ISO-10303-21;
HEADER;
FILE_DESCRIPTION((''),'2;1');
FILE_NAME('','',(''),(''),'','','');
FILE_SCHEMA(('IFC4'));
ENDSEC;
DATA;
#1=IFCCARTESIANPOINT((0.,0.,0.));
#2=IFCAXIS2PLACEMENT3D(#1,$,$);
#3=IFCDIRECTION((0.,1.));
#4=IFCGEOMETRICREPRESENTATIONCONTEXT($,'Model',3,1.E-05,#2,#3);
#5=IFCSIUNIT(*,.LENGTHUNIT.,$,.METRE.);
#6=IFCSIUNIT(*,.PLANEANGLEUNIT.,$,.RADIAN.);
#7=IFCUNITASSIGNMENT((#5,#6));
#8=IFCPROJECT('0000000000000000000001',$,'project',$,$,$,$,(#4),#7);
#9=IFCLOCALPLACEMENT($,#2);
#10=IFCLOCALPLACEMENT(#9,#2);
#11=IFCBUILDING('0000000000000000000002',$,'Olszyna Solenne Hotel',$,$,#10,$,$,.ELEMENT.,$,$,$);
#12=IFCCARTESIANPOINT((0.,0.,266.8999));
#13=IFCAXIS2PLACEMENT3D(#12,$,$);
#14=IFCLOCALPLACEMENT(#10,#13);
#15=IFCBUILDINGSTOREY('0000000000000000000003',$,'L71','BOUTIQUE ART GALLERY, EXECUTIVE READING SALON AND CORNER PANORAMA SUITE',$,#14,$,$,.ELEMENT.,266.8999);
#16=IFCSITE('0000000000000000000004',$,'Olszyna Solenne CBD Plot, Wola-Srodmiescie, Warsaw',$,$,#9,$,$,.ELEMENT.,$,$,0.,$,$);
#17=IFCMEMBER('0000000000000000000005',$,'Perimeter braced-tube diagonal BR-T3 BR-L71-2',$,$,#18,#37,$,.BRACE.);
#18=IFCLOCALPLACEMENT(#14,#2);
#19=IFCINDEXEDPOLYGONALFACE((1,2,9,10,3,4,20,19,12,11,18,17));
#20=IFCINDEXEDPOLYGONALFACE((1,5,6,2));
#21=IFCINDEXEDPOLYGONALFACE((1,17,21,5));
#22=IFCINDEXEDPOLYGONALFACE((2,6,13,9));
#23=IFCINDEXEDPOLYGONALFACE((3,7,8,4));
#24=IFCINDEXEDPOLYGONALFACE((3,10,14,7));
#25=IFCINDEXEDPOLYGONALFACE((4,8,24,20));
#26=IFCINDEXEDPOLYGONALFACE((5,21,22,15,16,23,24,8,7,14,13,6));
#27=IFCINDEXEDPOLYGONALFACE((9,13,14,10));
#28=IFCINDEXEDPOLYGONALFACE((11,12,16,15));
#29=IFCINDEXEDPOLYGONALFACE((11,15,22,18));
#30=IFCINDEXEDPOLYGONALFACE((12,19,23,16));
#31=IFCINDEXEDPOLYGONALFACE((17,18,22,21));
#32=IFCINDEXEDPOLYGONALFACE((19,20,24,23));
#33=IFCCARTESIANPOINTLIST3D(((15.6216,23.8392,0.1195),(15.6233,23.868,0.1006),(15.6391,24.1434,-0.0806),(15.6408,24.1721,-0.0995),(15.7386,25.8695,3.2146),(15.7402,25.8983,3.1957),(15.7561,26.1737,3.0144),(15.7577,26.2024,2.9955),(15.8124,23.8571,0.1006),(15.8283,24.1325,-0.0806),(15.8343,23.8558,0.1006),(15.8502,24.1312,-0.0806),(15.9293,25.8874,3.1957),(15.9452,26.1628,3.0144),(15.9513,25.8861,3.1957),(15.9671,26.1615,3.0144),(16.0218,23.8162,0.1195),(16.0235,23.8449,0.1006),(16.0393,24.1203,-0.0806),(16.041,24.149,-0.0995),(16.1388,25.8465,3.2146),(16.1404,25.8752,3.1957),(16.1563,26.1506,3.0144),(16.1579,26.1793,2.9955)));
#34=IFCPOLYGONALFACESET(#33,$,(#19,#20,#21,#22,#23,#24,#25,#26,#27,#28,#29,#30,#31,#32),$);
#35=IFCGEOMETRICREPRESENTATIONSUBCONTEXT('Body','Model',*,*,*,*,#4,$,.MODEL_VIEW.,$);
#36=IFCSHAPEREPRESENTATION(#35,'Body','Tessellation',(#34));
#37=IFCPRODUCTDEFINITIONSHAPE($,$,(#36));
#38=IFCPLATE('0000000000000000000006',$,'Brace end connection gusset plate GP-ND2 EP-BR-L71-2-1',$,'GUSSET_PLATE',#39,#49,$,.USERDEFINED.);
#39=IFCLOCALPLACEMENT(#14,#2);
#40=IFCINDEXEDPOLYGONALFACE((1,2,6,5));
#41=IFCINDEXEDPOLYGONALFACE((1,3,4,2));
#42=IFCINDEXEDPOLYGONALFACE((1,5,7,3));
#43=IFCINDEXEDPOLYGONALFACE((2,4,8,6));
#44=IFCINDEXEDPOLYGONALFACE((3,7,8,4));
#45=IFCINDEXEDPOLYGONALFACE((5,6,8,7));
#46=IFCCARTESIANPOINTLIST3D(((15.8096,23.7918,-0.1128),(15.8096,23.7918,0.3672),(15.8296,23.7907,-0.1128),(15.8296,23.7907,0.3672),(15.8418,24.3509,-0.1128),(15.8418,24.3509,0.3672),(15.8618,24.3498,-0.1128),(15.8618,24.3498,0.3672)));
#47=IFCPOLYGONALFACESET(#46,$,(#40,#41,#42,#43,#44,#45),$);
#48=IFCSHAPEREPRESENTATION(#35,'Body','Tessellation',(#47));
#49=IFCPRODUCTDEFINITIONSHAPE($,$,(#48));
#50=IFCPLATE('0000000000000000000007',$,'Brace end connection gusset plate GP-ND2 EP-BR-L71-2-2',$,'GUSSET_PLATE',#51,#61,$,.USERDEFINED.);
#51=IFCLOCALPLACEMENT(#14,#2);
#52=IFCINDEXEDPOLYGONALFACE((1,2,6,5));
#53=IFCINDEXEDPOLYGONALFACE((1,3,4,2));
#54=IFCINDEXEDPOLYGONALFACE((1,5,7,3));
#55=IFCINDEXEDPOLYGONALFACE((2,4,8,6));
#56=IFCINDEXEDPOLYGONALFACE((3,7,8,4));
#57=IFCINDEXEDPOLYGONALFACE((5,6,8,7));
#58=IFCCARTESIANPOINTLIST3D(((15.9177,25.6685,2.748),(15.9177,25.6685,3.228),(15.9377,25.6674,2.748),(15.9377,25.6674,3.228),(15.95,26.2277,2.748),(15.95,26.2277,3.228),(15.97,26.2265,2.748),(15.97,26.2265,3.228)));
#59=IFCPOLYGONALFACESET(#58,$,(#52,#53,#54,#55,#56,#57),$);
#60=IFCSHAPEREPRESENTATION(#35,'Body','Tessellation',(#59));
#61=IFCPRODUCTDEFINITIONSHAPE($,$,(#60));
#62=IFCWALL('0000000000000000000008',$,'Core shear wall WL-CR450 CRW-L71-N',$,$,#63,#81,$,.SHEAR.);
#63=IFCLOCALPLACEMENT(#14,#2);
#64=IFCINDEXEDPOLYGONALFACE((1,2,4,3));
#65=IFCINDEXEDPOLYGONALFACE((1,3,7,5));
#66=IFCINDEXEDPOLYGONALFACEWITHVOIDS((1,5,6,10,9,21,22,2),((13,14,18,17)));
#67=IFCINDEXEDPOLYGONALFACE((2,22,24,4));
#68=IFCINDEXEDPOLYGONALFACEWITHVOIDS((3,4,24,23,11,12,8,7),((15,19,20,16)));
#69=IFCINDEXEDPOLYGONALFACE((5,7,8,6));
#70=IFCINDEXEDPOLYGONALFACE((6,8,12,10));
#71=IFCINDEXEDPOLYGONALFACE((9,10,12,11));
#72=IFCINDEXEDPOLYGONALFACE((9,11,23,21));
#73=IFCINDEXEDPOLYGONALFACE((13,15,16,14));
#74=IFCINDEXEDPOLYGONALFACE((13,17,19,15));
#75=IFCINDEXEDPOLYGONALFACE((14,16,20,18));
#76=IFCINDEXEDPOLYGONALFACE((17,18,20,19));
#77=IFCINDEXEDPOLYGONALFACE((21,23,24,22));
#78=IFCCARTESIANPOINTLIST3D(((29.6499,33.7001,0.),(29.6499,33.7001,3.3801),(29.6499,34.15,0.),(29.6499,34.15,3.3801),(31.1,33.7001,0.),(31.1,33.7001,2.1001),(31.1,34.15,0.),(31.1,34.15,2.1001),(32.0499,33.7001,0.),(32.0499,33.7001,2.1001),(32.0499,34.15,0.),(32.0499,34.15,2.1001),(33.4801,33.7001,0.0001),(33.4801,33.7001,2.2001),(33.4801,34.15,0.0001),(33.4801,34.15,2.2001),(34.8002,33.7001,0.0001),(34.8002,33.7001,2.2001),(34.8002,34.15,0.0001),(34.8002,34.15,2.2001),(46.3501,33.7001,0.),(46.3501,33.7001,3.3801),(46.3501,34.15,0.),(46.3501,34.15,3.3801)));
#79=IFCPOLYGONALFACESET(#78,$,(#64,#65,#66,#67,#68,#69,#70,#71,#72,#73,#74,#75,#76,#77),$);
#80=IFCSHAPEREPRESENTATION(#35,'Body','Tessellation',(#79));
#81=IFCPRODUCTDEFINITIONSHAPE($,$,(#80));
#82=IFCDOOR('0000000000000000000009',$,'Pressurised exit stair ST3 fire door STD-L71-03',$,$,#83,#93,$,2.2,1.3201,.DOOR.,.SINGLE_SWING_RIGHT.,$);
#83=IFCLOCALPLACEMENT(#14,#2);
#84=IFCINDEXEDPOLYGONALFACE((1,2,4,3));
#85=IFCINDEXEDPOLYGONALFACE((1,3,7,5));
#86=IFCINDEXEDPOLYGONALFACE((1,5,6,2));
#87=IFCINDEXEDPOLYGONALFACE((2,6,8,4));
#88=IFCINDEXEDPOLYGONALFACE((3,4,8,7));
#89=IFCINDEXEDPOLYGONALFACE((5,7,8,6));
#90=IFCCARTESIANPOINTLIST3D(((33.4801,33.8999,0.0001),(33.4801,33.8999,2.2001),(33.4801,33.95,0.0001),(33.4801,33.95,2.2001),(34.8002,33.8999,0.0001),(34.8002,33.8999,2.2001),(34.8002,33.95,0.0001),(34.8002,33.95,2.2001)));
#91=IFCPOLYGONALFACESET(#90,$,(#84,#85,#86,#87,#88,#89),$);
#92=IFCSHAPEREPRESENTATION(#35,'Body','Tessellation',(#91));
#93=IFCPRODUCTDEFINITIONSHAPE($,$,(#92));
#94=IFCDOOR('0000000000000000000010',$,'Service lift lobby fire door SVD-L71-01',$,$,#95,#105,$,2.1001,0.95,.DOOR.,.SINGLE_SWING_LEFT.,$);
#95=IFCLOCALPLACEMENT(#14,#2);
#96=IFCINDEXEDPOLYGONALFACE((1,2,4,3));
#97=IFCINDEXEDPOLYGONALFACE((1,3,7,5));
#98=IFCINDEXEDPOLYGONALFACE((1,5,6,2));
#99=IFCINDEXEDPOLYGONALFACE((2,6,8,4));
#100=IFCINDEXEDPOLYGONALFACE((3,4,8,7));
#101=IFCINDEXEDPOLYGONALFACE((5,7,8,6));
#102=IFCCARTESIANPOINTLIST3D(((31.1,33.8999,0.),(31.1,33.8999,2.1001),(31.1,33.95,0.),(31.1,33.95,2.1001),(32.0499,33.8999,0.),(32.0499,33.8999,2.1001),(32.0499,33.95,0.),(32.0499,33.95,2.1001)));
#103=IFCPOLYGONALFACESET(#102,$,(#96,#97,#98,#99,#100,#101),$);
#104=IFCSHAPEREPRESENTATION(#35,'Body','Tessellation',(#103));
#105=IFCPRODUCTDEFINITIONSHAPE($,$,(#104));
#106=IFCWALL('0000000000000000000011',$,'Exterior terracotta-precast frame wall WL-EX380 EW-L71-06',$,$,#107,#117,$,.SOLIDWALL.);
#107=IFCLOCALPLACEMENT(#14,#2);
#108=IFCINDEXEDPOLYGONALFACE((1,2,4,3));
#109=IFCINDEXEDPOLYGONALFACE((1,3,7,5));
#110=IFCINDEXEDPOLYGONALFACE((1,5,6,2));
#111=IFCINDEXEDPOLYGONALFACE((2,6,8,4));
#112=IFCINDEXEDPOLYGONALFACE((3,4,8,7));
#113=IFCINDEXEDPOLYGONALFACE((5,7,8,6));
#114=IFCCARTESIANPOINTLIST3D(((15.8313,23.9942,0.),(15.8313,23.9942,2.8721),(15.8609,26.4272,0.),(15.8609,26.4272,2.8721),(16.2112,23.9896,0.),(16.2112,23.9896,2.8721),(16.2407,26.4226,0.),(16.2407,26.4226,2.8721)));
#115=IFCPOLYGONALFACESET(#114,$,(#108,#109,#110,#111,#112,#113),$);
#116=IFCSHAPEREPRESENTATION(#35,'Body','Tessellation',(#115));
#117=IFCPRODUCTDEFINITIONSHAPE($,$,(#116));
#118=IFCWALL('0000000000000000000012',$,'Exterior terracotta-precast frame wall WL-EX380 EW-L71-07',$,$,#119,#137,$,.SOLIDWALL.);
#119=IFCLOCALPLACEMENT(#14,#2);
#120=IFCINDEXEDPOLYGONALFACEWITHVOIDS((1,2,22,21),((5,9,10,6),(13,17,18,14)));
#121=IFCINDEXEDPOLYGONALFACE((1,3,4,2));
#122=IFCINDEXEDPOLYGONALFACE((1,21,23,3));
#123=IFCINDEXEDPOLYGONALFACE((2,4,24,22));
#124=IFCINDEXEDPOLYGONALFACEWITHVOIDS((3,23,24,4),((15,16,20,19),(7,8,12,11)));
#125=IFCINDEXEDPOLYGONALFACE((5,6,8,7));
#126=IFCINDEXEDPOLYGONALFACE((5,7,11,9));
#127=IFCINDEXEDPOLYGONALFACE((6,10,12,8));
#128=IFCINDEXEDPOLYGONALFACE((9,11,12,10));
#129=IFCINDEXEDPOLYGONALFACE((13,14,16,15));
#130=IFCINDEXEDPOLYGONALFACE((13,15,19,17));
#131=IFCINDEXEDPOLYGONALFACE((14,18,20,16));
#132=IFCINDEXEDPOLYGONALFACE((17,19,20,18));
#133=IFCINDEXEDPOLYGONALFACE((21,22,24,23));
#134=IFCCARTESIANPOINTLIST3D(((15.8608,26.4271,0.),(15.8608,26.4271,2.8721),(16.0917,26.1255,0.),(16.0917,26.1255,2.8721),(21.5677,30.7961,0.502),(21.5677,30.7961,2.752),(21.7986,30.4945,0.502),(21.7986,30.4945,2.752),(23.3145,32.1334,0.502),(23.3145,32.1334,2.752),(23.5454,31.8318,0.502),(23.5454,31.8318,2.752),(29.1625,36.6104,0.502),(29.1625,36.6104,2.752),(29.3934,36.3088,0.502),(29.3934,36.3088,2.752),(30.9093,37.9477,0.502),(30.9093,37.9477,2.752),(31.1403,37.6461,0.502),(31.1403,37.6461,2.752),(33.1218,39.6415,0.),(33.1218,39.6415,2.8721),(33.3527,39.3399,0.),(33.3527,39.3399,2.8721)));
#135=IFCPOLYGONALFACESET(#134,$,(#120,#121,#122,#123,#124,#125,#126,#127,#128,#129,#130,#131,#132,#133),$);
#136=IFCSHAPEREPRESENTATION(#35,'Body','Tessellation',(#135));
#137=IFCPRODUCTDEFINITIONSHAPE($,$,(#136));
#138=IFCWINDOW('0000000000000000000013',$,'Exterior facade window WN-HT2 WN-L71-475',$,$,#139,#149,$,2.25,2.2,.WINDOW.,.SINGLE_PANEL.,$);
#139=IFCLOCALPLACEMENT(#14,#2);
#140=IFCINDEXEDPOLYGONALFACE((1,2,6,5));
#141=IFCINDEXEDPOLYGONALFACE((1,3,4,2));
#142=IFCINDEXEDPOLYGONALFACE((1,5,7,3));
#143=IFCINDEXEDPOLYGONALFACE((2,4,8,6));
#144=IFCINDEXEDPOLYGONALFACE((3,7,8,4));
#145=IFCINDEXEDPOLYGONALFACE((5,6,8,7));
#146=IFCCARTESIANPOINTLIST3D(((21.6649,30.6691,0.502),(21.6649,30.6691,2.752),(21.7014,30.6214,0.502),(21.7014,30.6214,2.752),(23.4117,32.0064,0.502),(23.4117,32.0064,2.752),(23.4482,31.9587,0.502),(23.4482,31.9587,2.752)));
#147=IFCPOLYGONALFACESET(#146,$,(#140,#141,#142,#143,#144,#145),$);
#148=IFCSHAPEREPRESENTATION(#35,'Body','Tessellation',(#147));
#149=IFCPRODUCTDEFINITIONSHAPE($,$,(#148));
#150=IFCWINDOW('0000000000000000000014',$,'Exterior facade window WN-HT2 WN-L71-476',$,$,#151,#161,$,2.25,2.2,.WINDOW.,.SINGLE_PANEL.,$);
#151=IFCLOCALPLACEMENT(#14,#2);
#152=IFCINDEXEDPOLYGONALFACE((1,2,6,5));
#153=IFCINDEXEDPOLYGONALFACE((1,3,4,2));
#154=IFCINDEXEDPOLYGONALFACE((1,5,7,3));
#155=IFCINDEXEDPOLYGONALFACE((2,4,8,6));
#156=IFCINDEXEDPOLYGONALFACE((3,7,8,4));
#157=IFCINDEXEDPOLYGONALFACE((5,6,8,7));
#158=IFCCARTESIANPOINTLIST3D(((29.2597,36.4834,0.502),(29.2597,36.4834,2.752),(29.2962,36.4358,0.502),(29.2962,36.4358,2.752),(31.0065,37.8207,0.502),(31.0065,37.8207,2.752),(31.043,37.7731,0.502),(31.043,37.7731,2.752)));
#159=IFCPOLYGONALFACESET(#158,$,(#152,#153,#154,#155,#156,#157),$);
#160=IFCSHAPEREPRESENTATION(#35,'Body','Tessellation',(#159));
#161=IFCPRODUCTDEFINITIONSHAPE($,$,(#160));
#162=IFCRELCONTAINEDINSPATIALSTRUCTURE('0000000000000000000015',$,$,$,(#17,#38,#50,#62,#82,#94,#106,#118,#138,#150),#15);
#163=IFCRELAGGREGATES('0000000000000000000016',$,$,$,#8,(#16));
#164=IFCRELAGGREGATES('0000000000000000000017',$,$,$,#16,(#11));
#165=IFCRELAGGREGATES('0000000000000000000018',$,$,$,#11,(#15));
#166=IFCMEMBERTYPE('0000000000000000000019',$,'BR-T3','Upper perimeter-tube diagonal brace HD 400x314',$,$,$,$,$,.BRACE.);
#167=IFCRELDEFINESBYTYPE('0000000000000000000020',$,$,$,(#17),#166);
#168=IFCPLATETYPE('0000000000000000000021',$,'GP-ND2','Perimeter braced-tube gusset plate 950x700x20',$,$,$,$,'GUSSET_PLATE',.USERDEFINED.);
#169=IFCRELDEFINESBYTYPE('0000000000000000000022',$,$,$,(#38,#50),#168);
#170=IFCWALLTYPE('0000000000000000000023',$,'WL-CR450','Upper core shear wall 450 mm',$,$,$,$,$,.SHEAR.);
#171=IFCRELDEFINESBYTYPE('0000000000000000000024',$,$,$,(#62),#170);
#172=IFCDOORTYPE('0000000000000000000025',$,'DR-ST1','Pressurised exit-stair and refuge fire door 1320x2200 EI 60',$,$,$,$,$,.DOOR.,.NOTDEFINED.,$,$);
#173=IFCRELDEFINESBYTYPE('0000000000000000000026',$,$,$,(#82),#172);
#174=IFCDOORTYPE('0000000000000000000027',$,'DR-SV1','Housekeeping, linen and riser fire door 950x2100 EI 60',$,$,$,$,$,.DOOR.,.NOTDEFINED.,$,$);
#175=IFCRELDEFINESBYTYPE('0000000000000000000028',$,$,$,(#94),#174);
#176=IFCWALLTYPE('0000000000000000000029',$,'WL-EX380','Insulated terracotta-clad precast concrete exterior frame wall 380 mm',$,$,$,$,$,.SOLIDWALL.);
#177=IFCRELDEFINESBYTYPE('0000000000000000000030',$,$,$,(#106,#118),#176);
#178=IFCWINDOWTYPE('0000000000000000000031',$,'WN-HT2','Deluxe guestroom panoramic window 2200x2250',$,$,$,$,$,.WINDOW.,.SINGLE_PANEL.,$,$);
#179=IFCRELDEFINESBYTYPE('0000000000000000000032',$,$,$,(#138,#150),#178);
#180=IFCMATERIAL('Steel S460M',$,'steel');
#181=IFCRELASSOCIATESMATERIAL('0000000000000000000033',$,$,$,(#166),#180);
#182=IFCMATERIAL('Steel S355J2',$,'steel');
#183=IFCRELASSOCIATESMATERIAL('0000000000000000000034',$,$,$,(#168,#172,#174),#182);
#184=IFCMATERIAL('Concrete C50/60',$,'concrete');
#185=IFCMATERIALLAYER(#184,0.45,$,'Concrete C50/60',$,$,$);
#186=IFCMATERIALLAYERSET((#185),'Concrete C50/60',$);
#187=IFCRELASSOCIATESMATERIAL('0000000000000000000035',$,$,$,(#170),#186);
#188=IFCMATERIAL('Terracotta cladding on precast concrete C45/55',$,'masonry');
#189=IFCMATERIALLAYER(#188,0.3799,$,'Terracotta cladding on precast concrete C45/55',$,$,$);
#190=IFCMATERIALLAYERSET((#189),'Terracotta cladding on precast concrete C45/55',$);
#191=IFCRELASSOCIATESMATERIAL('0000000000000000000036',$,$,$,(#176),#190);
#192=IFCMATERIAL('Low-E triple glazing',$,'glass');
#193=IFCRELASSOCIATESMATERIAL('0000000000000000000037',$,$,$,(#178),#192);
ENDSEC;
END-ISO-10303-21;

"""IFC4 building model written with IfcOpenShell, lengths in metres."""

from ifc_helpers import new_model, si_unit, direction, frame, frame_2d, origin, origin_2d, place, context, subcontext, project, spatial, rectangle, i_section, extrude, source, transform, mapped, material, layer, layer_set, material_profile, profile_set, type_object, type_shapes, element, fill, save


model = new_model("IFC4")

# Units and contexts
model_context = context("Model", 3, precision=1e-05, world=origin(), true_north=direction((0.0, 1.0)))
body_context = subcontext(model_context, "Body", "Model", "MODEL_VIEW")
ifc_project = project(units=[si_unit("LENGTHUNIT", "METRE"), si_unit("PLANEANGLEUNIT", "RADIAN")], contexts=[model_context])

# Site, building, storey
site_placement = place(None, origin())
site = spatial("IfcSite", under=ifc_project, at=site_placement, Name="Olszyna Solenne CBD Plot, Wola-Srodmiescie, Warsaw", CompositionType="ELEMENT", RefElevation=0.0)
building_placement = place(site_placement, origin())
building = spatial("IfcBuilding", under=site, at=building_placement, Name="Olszyna Solenne Hotel", CompositionType="ELEMENT")
storey_placement = place(building_placement, frame((0.0, 0.0, 266.8999)))
storey = spatial("IfcBuildingStorey", under=building, at=storey_placement, Name="L71", Description="BOUTIQUE ART GALLERY, EXECUTIVE READING SALON AND CORNER PANORAMA SUITE", CompositionType="ELEMENT", Elevation=266.8999)

# Shared definitions
ifc_material_1 = material(Name="Steel S460M", Category="steel")

# Shared definitions
ifc_material_2 = material(Name="Steel S355J2", Category="steel")

# Member
ifc_material_profile_1 = material_profile(ifc_material_1, i_section(OverallWidth=0.4009, OverallDepth=0.3989, WebThickness=0.022, FlangeThickness=0.0344, at=origin_2d()), Name="HD 400x314", Category="load-bearing")
ifc_profile_set_1 = profile_set([ifc_material_profile_1], Name="Steel S460M")
member_type = type_object("IfcMemberType", Name="BR-T3", Description="Upper perimeter-tube diagonal brace HD 400x314", PredefinedType="BRACE", material=ifc_profile_set_1)
shared_shape_1 = source(origin(), body_context, "Body", "SweptSolid", [
    extrude(i_section(OverallWidth=0.4009, OverallDepth=0.3989, WebThickness=0.022, FlangeThickness=0.0344, at=origin_2d()), origin(), (0.0, 0.0, 1.0), 3.7034),
])
member_placement = place(storey_placement, frame((15.8313, 23.9941, 0.01), z_axis=(0.031578, 0.548232, 0.83573), x_axis=(-0.998345, 0.057504, 0.0)))
element("IfcMember", 1, at=member_placement, inside=storey, type_object=member_type, Name="Perimeter braced-tube diagonal BR-T3 BR-L71-2", PredefinedType="BRACE", context=body_context, shape_type="MappedRepresentation", body=[
    mapped(shared_shape_1, transform((0.0, 0.0, 0.0), x_axis=(1.0, 0.0, 0.0), y_axis=(0.0, 1.0, 0.0), z_axis=(0.0, 0.0, 1.0), scale=1.0)),
])

# Plates
plate_type = type_object("IfcPlateType", Name="GP-ND2", Description="Perimeter braced-tube gusset plate 950x700x20", ElementType="GUSSET_PLATE", PredefinedType="USERDEFINED", material=ifc_material_2)
shared_shape_2 = source(origin(), body_context, "Body", "SweptSolid", [
    extrude(rectangle(XDim=0.5601, YDim=0.02, at=origin_2d()), origin(), (0.0, 0.0, 1.0), 0.48),
])
for number, where, z_axis, x_axis, name in (
    (2, (15.8357, 24.0708, -0.1128), (0.0, 0.0, 1.0), (0.057564, 0.998342, 0.0), "Brace end connection gusset plate GP-ND2 EP-BR-L71-2-1"),
    (3, (15.9438, 25.9475, 2.748), (0.0, 0.0, 1.0), (0.057564, 0.998342, 0.0), "Brace end connection gusset plate GP-ND2 EP-BR-L71-2-2"),
):
    element("IfcPlate", number, at=place(storey_placement, frame(where, z_axis=z_axis, x_axis=x_axis)), inside=storey, type_object=plate_type, Name=name, ObjectType="GUSSET_PLATE", PredefinedType="USERDEFINED", context=body_context, shape_type="MappedRepresentation", body=[
        mapped(shared_shape_2, transform((0.0, 0.0, 0.0), x_axis=(1.0, 0.0, 0.0), y_axis=(0.0, 1.0, 0.0), z_axis=(0.0, 0.0, 1.0), scale=1.0)),
    ])

# Wall, openings, doors
ifc_material_3 = material(Name="Concrete C50/60", Category="concrete")
ifc_layer_1 = layer(ifc_material_3, 0.45, Name="Concrete C50/60")
ifc_layer_set_1 = layer_set([ifc_layer_1], Name="Concrete C50/60")
wall_type_1 = type_object("IfcWallType", Name="WL-CR450", Description="Upper core shear wall 450 mm", PredefinedType="SHEAR", material=ifc_layer_set_1)
wall_1_placement = place(storey_placement, frame((29.6499, 33.925, 0.0), z_axis=(0.0, 0.0, 1.0), x_axis=(1.0, 0.0, 0.0)))
wall_1 = element("IfcWall", 4, at=wall_1_placement, inside=storey, type_object=wall_type_1, Name="Core shear wall WL-CR450 CRW-L71-N", PredefinedType="SHEAR", context=body_context, shape_type="SweptSolid", body=[
    extrude(rectangle(XDim=16.7002, YDim=0.45, at=frame_2d((8.3501, 0.0))), origin(), (0.0, 0.0, 1.0), 3.3801),
])
opening_1_placement = place(wall_1_placement, frame((1.45, 0.0, 0.0)))
opening_1 = element("IfcOpeningElement", 5, at=opening_1_placement, cuts=wall_1, PredefinedType="OPENING", context=body_context, shape_type="SweptSolid", body=[
    extrude(rectangle(XDim=0.95, YDim=2.1001, at=frame_2d((0.4751, 1.05))), frame((0.0, 0.2349, 0.0), z_axis=(0.0, -1.0, 0.0), x_axis=(1.0, 0.0, 0.0)), (0.0, 0.0, 1.0), 0.47),
])
opening_2_placement = place(wall_1_placement, frame((3.8301, 0.0, 0.0)))
opening_2 = element("IfcOpeningElement", 6, at=opening_2_placement, cuts=wall_1, PredefinedType="OPENING", context=body_context, shape_type="SweptSolid", body=[
    extrude(rectangle(XDim=1.3201, YDim=2.2, at=frame_2d((0.6602, 1.1001))), frame((0.0, 0.2349, 0.0), z_axis=(0.0, -1.0, 0.0), x_axis=(1.0, 0.0, 0.0)), (0.0, 0.0, 1.0), 0.47),
])
door_type_1 = type_object("IfcDoorType", Name="DR-ST1", Description="Pressurised exit-stair and refuge fire door 1320x2200 EI 60", OperationType="NOTDEFINED", PredefinedType="DOOR", material=ifc_material_2)
shared_shape_3 = source(origin(), body_context, "Body", "SweptSolid", [
    extrude(rectangle(XDim=1.3201, YDim=2.2, at=frame_2d((0.6602, 1.1001))), frame((0.0, 0.0249, 0.0), z_axis=(0.0, -1.0, 0.0), x_axis=(1.0, 0.0, 0.0)), (0.0, 0.0, 1.0), 0.05),
])
type_shapes(door_type_1, [shared_shape_3])
door_1_placement = place(opening_2_placement, origin())
door_1 = element("IfcDoor", 7, at=door_1_placement, inside=storey, type_object=door_type_1, Name="Pressurised exit stair ST3 fire door STD-L71-03", OperationType="SINGLE_SWING_RIGHT", OverallHeight=2.2, OverallWidth=1.3201, PredefinedType="DOOR", context=body_context, shape_type="MappedRepresentation", body=[
    mapped(shared_shape_3, transform((0.0, 0.0, 0.0), x_axis=(1.0, 0.0, 0.0), y_axis=(0.0, 1.0, 0.0), z_axis=(0.0, 0.0, 1.0), scale=1.0)),
])
fill(opening_2, door_1)
door_type_2 = type_object("IfcDoorType", Name="DR-SV1", Description="Housekeeping, linen and riser fire door 950x2100 EI 60", OperationType="NOTDEFINED", PredefinedType="DOOR", material=ifc_material_2)
shared_shape_4 = source(origin(), body_context, "Body", "SweptSolid", [
    extrude(rectangle(XDim=0.95, YDim=2.1001, at=frame_2d((0.4751, 1.05))), frame((0.0, 0.0249, 0.0), z_axis=(0.0, -1.0, 0.0), x_axis=(1.0, 0.0, 0.0)), (0.0, 0.0, 1.0), 0.05),
])
type_shapes(door_type_2, [shared_shape_4])
door_2_placement = place(opening_1_placement, origin())
door_2 = element("IfcDoor", 8, at=door_2_placement, inside=storey, type_object=door_type_2, Name="Service lift lobby fire door SVD-L71-01", OperationType="SINGLE_SWING_LEFT", OverallHeight=2.1001, OverallWidth=0.95, PredefinedType="DOOR", context=body_context, shape_type="MappedRepresentation", body=[
    mapped(shared_shape_4, transform((0.0, 0.0, 0.0), x_axis=(1.0, 0.0, 0.0), y_axis=(0.0, 1.0, 0.0), z_axis=(0.0, 0.0, 1.0), scale=1.0)),
])
fill(opening_1, door_2)

# Wall
ifc_material_4 = material(Name="Terracotta cladding on precast concrete C45/55", Category="masonry")
ifc_layer_2 = layer(ifc_material_4, 0.3799, Name="Terracotta cladding on precast concrete C45/55")
ifc_layer_set_2 = layer_set([ifc_layer_2], Name="Terracotta cladding on precast concrete C45/55")
wall_type_2 = type_object("IfcWallType", Name="WL-EX380", Description="Insulated terracotta-clad precast concrete exterior frame wall 380 mm", PredefinedType="SOLIDWALL", material=ifc_layer_set_2)
wall_2_placement = place(storey_placement, frame((16.0212, 23.9919, 0.0), z_axis=(0.0, 0.0, 1.0), x_axis=(0.012142, 0.999926, 0.0)))
element("IfcWall", 9, at=wall_2_placement, inside=storey, type_object=wall_type_2, Name="Exterior terracotta-precast frame wall WL-EX380 EW-L71-06", PredefinedType="SOLIDWALL", context=body_context, shape_type="SweptSolid", body=[
    extrude(rectangle(XDim=2.4331, YDim=0.3799, at=frame_2d((1.2166, 0.0))), origin(), (0.0, 0.0, 1.0), 2.8721),
])

# Wall, openings, windows
wall_3_placement = place(storey_placement, frame((15.9763, 26.2764, 0.0), z_axis=(0.0, 0.0, 1.0), x_axis=(0.79403, 0.607879, 0.0)))
wall_3 = element("IfcWall", 10, at=wall_3_placement, inside=storey, type_object=wall_type_2, Name="Exterior terracotta-precast frame wall WL-EX380 EW-L71-07", PredefinedType="SOLIDWALL", context=body_context, shape_type="SweptSolid", body=[
    extrude(rectangle(XDim=21.7385, YDim=0.3799, at=frame_2d((10.8691, 0.0))), origin(), (0.0, 0.0, 1.0), 2.8721),
])
opening_3_placement = place(wall_3_placement, frame((7.187, 0.0, 0.502)))
opening_3 = element("IfcOpeningElement", 11, at=opening_3_placement, cuts=wall_3, PredefinedType="OPENING", context=body_context, shape_type="SweptSolid", body=[
    extrude(rectangle(XDim=2.2, YDim=2.25, at=frame_2d((1.1001, 1.125))), frame((0.0, 0.2, 0.0), z_axis=(0.0, -1.0, 0.0), x_axis=(1.0, 0.0, 0.0)), (0.0, 0.0, 1.0), 0.3999),
])
opening_4_placement = place(wall_3_placement, frame((16.752, 0.0, 0.502)))
opening_4 = element("IfcOpeningElement", 12, at=opening_4_placement, cuts=wall_3, PredefinedType="OPENING", context=body_context, shape_type="SweptSolid", body=[
    extrude(rectangle(XDim=2.2, YDim=2.25, at=frame_2d((1.1001, 1.125))), frame((0.0, 0.2, 0.0), z_axis=(0.0, -1.0, 0.0), x_axis=(1.0, 0.0, 0.0)), (0.0, 0.0, 1.0), 0.3999),
])
ifc_material_5 = material(Name="Low-E triple glazing", Category="glass")
window_type = type_object("IfcWindowType", Name="WN-HT2", Description="Deluxe guestroom panoramic window 2200x2250", PartitioningType="SINGLE_PANEL", PredefinedType="WINDOW", material=ifc_material_5)
shared_shape_5 = source(origin(), body_context, "Body", "SweptSolid", [
    extrude(rectangle(XDim=2.2, YDim=2.25, at=frame_2d((1.1001, 1.125))), frame((0.0, 0.03, 0.0), z_axis=(0.0, -1.0, 0.0), x_axis=(1.0, 0.0, 0.0)), (0.0, 0.0, 1.0), 0.0601),
])
type_shapes(window_type, [shared_shape_5])
window_1_placement = place(opening_3_placement, origin())
window_1 = element("IfcWindow", 13, at=window_1_placement, inside=storey, type_object=window_type, Name="Exterior facade window WN-HT2 WN-L71-475", OverallHeight=2.25, OverallWidth=2.2, PartitioningType="SINGLE_PANEL", PredefinedType="WINDOW", context=body_context, shape_type="MappedRepresentation", body=[
    mapped(shared_shape_5, transform((0.0, 0.0, 0.0), x_axis=(1.0, 0.0, 0.0), y_axis=(0.0, 1.0, 0.0), z_axis=(0.0, 0.0, 1.0), scale=1.0)),
])
fill(opening_3, window_1)
window_2_placement = place(opening_4_placement, origin())
window_2 = element("IfcWindow", 14, at=window_2_placement, inside=storey, type_object=window_type, Name="Exterior facade window WN-HT2 WN-L71-476", OverallHeight=2.25, OverallWidth=2.2, PartitioningType="SINGLE_PANEL", PredefinedType="WINDOW", context=body_context, shape_type="MappedRepresentation", body=[
    mapped(shared_shape_5, transform((0.0, 0.0, 0.0), x_axis=(1.0, 0.0, 0.0), y_axis=(0.0, 1.0, 0.0), z_axis=(0.0, 0.0, 1.0), scale=1.0)),
])
fill(opening_4, window_2)

save(model, "model.ifc")
